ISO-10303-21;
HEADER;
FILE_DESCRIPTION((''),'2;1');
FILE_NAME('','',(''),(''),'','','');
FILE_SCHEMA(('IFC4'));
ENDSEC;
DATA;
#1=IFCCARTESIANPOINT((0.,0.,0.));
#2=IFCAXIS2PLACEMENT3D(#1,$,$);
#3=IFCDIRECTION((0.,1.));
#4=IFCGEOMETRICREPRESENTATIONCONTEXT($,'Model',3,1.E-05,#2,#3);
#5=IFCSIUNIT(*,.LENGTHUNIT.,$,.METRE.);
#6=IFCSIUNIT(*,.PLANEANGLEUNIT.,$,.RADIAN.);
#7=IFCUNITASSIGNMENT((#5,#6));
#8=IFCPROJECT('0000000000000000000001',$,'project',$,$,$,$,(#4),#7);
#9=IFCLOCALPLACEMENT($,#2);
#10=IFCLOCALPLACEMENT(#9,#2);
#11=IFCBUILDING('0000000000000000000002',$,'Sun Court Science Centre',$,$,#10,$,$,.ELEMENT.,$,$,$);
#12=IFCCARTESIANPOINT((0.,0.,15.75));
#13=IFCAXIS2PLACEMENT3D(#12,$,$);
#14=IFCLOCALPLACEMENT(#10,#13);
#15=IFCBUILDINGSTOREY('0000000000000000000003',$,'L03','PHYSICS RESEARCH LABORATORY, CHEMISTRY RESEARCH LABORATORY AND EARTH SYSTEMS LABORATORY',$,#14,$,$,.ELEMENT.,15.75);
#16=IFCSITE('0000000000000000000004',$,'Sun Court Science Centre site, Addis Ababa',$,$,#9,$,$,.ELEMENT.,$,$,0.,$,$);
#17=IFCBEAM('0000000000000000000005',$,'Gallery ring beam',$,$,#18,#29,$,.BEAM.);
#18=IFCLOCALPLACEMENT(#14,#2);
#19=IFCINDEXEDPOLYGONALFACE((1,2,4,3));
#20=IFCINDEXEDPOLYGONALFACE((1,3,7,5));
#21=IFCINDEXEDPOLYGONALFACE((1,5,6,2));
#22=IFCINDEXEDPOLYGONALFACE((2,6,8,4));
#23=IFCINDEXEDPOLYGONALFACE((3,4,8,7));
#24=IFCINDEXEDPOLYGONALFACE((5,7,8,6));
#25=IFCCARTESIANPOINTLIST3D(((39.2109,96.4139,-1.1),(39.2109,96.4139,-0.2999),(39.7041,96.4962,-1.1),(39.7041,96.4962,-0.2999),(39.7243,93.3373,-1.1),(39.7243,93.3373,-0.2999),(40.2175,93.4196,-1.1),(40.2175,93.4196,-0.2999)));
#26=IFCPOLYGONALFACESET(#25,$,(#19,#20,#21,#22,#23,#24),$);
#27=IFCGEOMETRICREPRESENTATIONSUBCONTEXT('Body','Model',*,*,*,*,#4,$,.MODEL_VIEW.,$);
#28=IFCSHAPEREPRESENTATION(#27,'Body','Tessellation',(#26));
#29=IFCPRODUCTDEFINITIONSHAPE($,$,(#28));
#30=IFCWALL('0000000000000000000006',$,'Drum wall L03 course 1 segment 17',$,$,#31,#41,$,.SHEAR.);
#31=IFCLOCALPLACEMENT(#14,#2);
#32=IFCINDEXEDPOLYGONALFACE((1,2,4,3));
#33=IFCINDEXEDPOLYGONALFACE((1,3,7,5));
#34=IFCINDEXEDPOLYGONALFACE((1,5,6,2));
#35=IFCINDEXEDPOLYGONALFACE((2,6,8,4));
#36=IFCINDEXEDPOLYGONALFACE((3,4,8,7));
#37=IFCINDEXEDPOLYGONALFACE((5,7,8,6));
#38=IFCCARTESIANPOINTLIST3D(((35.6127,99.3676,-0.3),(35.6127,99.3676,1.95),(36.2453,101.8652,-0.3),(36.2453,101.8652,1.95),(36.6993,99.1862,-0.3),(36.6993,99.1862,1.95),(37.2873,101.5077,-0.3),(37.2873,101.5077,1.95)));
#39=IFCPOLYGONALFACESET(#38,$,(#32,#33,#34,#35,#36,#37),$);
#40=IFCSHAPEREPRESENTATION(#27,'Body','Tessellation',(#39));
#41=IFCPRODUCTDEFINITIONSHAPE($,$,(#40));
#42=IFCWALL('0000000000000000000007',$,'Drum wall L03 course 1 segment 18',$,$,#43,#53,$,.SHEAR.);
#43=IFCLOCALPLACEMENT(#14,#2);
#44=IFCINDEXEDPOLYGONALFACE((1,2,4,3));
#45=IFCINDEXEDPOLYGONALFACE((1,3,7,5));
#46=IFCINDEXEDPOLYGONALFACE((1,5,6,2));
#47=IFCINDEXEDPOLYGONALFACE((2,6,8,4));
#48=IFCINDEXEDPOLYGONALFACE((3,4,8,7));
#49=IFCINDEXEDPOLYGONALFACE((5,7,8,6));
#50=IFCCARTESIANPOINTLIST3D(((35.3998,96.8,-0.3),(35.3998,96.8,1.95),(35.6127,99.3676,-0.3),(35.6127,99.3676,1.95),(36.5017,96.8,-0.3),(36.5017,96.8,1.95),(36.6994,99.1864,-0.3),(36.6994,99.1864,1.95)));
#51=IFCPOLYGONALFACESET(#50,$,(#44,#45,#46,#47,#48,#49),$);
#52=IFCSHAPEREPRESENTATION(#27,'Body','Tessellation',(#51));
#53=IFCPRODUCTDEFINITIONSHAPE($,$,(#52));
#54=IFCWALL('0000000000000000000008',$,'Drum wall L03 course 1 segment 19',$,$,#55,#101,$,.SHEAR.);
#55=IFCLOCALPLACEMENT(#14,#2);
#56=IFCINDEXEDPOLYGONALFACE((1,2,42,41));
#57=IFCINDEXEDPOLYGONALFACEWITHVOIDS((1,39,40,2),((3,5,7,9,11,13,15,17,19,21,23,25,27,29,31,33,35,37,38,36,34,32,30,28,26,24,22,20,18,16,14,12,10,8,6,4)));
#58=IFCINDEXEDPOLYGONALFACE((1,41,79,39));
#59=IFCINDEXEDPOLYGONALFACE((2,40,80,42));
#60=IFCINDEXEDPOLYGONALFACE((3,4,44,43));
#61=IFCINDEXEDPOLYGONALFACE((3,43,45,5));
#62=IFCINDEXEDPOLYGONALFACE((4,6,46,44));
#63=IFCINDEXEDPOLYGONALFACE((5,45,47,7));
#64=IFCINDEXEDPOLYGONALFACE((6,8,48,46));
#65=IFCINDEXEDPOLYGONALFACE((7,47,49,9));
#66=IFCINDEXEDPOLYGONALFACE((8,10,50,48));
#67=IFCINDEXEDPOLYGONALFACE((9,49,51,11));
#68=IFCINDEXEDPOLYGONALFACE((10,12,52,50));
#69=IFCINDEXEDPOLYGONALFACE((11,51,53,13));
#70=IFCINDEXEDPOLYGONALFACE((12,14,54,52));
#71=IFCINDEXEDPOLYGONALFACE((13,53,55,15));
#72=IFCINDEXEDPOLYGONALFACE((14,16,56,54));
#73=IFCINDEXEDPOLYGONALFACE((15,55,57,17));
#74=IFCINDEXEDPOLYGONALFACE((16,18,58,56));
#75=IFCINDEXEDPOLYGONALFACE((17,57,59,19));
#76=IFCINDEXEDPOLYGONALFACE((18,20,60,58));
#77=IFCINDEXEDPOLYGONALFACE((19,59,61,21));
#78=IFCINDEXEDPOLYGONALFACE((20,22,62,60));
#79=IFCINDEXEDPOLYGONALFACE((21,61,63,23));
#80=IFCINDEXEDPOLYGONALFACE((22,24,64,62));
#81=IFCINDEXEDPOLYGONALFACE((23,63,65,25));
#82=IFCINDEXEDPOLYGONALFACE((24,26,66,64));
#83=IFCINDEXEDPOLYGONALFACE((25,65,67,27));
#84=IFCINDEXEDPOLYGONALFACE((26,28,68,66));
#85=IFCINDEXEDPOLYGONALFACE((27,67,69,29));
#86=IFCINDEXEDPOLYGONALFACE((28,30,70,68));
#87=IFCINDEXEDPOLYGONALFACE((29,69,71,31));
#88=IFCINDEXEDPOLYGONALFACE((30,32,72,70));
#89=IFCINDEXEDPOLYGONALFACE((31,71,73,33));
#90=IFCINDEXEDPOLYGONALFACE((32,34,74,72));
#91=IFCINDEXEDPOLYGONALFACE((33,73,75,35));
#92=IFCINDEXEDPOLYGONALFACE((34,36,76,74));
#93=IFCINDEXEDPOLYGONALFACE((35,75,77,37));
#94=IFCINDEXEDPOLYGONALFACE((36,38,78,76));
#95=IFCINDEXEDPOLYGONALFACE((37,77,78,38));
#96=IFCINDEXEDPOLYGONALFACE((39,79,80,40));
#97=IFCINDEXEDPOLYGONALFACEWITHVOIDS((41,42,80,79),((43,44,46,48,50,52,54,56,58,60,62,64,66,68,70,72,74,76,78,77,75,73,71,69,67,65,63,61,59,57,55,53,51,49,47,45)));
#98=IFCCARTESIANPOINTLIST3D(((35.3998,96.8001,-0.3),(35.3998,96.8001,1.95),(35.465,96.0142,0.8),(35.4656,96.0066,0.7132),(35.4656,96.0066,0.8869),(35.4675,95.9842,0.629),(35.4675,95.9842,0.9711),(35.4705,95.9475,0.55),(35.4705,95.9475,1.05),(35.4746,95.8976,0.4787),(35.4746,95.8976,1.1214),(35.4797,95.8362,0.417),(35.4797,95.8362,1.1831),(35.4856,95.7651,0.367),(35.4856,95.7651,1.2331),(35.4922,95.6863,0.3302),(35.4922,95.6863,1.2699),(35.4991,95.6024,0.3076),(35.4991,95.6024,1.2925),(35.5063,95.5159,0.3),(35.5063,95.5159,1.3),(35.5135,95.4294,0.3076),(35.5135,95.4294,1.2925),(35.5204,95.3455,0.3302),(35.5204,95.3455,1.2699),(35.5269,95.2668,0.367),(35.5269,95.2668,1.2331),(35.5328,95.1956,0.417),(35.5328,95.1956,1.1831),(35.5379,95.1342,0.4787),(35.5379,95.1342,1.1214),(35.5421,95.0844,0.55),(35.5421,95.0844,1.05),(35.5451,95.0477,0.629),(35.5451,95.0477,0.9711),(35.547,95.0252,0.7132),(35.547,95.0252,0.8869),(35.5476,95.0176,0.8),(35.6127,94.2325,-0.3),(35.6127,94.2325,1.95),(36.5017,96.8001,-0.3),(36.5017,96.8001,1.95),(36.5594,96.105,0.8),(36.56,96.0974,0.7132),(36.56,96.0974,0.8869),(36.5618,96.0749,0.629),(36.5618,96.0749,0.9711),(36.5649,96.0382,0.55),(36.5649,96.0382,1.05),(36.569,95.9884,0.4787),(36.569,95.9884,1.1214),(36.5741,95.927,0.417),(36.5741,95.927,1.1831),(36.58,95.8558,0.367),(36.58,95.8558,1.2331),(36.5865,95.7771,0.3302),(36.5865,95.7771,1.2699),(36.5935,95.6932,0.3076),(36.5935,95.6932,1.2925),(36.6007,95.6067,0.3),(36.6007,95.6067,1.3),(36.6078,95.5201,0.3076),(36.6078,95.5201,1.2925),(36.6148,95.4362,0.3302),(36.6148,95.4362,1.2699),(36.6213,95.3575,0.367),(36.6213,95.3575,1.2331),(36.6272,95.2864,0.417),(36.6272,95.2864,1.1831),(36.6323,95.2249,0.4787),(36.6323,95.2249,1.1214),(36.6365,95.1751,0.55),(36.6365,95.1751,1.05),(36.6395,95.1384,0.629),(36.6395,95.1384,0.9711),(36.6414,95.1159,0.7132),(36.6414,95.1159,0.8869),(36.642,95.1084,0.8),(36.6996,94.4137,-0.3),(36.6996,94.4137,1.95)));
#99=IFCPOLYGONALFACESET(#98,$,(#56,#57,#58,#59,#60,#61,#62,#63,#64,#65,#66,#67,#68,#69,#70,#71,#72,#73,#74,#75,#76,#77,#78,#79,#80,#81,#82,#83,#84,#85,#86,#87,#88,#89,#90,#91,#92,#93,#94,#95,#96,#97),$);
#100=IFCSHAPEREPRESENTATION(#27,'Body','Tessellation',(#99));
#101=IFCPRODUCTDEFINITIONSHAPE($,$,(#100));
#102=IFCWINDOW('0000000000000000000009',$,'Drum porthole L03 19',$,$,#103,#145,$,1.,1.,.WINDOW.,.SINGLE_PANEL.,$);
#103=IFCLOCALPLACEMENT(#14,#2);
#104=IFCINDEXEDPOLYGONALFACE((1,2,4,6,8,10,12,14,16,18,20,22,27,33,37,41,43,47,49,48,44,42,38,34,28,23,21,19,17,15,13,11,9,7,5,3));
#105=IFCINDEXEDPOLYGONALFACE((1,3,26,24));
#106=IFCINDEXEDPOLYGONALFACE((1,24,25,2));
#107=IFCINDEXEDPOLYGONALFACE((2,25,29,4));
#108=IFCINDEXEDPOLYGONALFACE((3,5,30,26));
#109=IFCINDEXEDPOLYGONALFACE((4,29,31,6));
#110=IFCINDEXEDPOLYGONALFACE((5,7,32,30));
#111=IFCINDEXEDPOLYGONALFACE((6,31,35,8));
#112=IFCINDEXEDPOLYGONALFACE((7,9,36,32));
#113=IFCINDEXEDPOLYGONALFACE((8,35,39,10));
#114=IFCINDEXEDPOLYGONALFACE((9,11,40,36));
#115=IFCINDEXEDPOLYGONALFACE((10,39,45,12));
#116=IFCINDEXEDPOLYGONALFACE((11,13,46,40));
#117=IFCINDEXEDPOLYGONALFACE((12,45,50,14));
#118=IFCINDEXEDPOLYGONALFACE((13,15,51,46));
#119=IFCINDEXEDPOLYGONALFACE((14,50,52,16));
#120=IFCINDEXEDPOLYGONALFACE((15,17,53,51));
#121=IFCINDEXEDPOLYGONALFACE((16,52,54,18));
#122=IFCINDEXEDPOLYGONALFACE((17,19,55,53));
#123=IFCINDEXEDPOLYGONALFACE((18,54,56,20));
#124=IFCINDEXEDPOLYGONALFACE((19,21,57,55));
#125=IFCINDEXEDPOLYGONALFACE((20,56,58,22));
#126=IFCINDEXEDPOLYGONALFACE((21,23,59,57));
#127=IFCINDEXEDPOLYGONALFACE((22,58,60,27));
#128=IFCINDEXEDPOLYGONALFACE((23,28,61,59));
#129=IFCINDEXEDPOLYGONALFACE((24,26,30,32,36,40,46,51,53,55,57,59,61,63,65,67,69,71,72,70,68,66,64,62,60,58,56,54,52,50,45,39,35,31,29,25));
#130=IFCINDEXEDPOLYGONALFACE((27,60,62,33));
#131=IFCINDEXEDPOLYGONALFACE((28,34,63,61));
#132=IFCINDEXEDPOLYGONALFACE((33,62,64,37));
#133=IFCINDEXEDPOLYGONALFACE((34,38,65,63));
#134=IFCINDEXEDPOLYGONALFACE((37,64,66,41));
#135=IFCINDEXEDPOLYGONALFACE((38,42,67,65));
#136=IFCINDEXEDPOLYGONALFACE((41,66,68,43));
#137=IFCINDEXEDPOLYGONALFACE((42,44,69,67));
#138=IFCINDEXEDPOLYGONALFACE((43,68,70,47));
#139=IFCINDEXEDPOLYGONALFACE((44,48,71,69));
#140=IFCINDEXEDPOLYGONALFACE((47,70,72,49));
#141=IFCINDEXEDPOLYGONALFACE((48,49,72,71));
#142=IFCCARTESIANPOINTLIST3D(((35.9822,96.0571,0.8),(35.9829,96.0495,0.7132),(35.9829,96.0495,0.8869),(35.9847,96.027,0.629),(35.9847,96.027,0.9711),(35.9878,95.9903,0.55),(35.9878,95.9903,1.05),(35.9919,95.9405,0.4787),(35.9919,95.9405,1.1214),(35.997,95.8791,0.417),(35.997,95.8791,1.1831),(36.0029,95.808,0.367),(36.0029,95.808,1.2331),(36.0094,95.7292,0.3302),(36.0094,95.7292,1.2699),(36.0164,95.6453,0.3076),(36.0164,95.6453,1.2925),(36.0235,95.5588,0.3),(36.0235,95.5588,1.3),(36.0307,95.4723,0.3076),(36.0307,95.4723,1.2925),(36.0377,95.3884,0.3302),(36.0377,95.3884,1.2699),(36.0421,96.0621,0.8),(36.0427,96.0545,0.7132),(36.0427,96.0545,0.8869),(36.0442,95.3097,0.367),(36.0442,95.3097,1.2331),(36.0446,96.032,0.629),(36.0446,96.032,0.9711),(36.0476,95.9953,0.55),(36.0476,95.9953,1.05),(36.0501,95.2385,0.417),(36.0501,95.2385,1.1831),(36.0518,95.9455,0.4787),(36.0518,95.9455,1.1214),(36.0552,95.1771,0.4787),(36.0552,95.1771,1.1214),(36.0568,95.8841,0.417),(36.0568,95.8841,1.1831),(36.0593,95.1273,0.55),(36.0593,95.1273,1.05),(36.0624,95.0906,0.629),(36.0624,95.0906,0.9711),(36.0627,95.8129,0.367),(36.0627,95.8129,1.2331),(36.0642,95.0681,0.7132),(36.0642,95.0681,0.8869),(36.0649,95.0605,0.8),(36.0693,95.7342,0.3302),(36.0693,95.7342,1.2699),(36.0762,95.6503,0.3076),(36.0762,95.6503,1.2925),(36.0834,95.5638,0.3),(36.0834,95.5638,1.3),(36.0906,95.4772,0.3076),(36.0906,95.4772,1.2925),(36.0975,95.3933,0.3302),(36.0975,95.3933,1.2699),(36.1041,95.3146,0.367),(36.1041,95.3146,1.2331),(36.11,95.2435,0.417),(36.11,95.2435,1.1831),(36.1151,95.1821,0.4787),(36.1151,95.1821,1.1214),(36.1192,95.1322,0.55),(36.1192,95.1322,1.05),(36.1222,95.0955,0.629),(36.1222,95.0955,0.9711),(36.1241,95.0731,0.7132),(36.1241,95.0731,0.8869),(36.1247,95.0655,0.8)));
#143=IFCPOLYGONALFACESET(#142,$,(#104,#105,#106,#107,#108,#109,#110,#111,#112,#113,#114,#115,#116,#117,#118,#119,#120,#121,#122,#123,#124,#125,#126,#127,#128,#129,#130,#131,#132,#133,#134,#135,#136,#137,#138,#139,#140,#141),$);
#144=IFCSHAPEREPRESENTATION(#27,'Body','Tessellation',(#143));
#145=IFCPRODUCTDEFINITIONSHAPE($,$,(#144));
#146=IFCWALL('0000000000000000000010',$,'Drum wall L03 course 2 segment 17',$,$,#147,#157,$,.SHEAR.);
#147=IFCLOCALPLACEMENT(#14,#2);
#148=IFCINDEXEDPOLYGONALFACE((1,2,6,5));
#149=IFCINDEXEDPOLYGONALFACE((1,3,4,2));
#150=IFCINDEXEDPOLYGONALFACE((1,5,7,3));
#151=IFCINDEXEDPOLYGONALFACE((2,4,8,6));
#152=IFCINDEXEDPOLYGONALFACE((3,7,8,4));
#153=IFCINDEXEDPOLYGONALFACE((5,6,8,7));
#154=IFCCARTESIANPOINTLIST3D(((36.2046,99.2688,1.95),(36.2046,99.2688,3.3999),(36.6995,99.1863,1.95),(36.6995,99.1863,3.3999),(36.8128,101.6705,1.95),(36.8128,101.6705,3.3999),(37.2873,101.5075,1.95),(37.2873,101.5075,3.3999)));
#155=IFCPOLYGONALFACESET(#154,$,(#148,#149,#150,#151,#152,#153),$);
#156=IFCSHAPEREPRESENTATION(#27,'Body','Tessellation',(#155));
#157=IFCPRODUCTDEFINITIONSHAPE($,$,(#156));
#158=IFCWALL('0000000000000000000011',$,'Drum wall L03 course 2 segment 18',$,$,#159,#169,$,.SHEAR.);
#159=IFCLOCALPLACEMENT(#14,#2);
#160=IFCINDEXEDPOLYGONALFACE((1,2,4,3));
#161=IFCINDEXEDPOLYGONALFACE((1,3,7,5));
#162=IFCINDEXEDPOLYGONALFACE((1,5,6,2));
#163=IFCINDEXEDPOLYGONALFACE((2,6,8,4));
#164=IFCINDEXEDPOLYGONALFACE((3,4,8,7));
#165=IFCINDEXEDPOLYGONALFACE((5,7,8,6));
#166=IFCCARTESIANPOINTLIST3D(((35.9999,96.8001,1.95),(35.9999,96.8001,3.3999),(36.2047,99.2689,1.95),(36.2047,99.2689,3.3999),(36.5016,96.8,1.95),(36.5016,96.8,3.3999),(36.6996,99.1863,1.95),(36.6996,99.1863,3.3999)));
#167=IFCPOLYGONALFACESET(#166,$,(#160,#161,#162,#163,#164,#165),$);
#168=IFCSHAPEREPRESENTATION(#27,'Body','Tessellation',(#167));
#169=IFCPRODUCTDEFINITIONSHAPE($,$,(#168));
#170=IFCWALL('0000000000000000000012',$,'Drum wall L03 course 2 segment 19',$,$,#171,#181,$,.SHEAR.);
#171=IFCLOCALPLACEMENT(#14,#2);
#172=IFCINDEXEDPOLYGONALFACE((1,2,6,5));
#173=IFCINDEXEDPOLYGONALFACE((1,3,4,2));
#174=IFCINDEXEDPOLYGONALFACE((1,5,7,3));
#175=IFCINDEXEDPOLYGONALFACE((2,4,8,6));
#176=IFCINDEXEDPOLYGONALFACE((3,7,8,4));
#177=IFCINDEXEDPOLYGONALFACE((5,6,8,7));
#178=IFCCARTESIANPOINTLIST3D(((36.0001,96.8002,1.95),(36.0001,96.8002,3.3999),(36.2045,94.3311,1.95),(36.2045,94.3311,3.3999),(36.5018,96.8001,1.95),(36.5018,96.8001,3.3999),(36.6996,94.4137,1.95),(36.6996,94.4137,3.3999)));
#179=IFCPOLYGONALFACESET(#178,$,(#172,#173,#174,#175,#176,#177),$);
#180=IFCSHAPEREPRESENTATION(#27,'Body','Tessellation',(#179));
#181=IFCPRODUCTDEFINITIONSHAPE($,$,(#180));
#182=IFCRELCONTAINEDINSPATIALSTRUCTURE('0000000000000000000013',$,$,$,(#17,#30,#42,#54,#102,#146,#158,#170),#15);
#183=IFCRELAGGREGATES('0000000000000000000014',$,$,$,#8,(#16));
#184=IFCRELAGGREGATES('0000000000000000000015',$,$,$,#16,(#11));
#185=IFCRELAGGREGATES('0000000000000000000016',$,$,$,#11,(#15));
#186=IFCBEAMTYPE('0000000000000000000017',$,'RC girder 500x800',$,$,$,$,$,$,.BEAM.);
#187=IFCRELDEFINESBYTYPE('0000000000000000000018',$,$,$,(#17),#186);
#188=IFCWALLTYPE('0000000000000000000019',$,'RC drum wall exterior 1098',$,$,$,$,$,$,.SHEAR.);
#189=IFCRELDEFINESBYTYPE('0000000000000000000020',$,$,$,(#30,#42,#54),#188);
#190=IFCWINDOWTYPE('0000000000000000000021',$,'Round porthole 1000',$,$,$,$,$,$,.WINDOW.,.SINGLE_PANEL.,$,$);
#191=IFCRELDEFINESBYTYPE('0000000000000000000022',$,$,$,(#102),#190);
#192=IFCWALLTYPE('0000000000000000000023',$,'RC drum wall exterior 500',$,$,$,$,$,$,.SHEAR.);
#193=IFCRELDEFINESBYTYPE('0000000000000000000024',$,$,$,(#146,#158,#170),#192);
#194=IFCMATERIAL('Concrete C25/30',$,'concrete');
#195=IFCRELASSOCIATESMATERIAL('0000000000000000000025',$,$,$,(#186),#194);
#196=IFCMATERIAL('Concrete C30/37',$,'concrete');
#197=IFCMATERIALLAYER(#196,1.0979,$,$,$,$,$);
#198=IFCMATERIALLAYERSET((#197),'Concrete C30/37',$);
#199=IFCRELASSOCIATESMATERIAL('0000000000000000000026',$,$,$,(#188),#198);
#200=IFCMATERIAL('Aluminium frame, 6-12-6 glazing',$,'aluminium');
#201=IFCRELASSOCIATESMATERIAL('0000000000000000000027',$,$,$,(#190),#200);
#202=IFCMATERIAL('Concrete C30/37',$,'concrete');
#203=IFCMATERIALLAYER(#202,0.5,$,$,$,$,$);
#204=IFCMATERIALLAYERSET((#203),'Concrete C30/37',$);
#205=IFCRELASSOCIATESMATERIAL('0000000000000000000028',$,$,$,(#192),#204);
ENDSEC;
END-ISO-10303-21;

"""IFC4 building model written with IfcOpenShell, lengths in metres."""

from ifc_helpers import new_model, si_unit, direction, frame, frame_2d, origin, origin_2d, place, context, subcontext, project, spatial, polyline, rectangle, circle, outline, extrude, material, layer, layer_set, material_profile, profile_set, type_object, element, fill, save


model = new_model("IFC4")

# Units and contexts
model_context = context("Model", 3, precision=1e-05, world=origin(), true_north=direction((0.0, 1.0)))
body_context = subcontext(model_context, "Body", "Model", "MODEL_VIEW")
ifc_project = project(units=[si_unit("LENGTHUNIT", "METRE"), si_unit("PLANEANGLEUNIT", "RADIAN")], contexts=[model_context])

# Site, building, storey
site_placement = place(None, origin())
site = spatial("IfcSite", under=ifc_project, at=site_placement, Name="Sun Court Science Centre site, Addis Ababa", CompositionType="ELEMENT", RefElevation=0.0)
building_placement = place(site_placement, origin())
building = spatial("IfcBuilding", under=site, at=building_placement, Name="Sun Court Science Centre", CompositionType="ELEMENT")
storey_placement = place(building_placement, frame((0.0, 0.0, 15.75)))
storey = spatial("IfcBuildingStorey", under=building, at=storey_placement, Name="L03", Description="PHYSICS RESEARCH LABORATORY, CHEMISTRY RESEARCH LABORATORY AND EARTH SYSTEMS LABORATORY", CompositionType="ELEMENT", Elevation=15.75)

# Beam
ifc_material_1 = material(Name="Concrete C25/30", Category="concrete")
ifc_material_profile_1 = material_profile(ifc_material_1, rectangle(XDim=0.5, YDim=0.8, at=origin_2d()), Name="RC 500x800")
ifc_profile_set_1 = profile_set([ifc_material_profile_1], Name="Concrete C25/30")
beam_type = type_object("IfcBeamType", Name="RC girder 500x800", PredefinedType="BEAM", material=ifc_profile_set_1)
beam_1_placement = place(storey_placement, frame((39.4575, 96.4551, -0.7), z_axis=(0.164602, -0.98636, 0.0), x_axis=(0.98636, 0.164602, 0.0)))
element("IfcBeam", 1, at=beam_1_placement, inside=storey, type_object=beam_type, Name="Gallery ring beam", PredefinedType="BEAM", context=body_context, shape_type="SweptSolid", body=[
    extrude(rectangle(XDim=0.5, YDim=0.8, at=origin_2d()), origin(), (0.0, 0.0, 1.0), 3.1191),
])

# Walls
ifc_material_2 = material(Name="Concrete C30/37", Category="concrete")
ifc_layer_1 = layer(ifc_material_2, 1.0979)
ifc_layer_set_1 = layer_set([ifc_layer_1], Name="Concrete C30/37")
wall_type_1 = type_object("IfcWallType", Name="RC drum wall exterior 1098", PredefinedType="SHEAR", material=ifc_layer_set_1)
wall_1_placement = place(storey_placement, frame((36.7773, 101.7305, -0.3), z_axis=(0.0, 0.0, 1.0), x_axis=(-0.245433, -0.969414, 0.0)))
element("IfcWall", 2, at=wall_1_placement, inside=storey, type_object=wall_type_1, Name="Drum wall L03 course 1 segment 17", PredefinedType="SHEAR", context=body_context, shape_type="SweptSolid", body=[
    extrude(outline(polyline([(0.0, -0.5488), (2.5764, -0.5491), (2.4856, 0.5488), (0.0908, 0.5491), (0.0, -0.5488)])), origin(), (0.0, 0.0, 1.0), 2.25),
])
wall_2_placement = place(storey_placement, frame((36.1599, 99.3223, -0.3), z_axis=(0.0, 0.0, 1.0), x_axis=(-0.08263, -0.99658, 0.0)))
element("IfcWall", 3, at=wall_2_placement, inside=storey, type_object=wall_type_1, Name="Drum wall L03 course 1 segment 18", PredefinedType="SHEAR", context=body_context, shape_type="SweptSolid", body=[
    extrude(outline(polyline([(0.0, -0.5491), (2.5764, -0.5491), (2.4854, 0.5491), (0.0908, 0.5488), (0.0, -0.5491)])), origin(), (0.0, 0.0, 1.0), 2.25),
])

# Wall, opening, window
wall_3_placement = place(storey_placement, frame((35.947, 96.8452, -0.3), z_axis=(0.0, 0.0, 1.0), x_axis=(0.08263, -0.99658, 0.0)))
wall_3 = element("IfcWall", 4, at=wall_3_placement, inside=storey, type_object=wall_type_1, Name="Drum wall L03 course 1 segment 19", PredefinedType="SHEAR", context=body_context, shape_type="SweptSolid", body=[
    extrude(outline(polyline([(-0.0002, -0.5491), (2.5762, -0.5491), (2.4854, 0.5491), (0.0908, 0.5491), (-0.0002, -0.5491)])), origin(), (0.0, 0.0, 1.0), 2.25),
])
opening_placement = place(wall_3_placement, frame((0.7883, 0.0, 0.6001)))
opening = element("IfcOpeningElement", 5, at=opening_placement, cuts=wall_3, PredefinedType="OPENING", context=body_context, shape_type="SweptSolid", body=[
    extrude(circle(Radius=0.5, at=frame_2d((0.5, 0.5))), frame((0.0, 0.5588, 0.0), z_axis=(0.0, -1.0, 0.0), x_axis=(1.0, 0.0, 0.0)), (0.0, 0.0, 1.0), 1.1179),
])
ifc_material_3 = material(Name="Aluminium frame, 6-12-6 glazing", Category="aluminium")
window_type = type_object("IfcWindowType", Name="Round porthole 1000", PartitioningType="SINGLE_PANEL", PredefinedType="WINDOW", material=ifc_material_3)
window_placement = place(opening_placement, origin())
window = element("IfcWindow", 6, at=window_placement, inside=storey, type_object=window_type, Name="Drum porthole L03 19", OverallHeight=1.0, OverallWidth=1.0, PartitioningType="SINGLE_PANEL", PredefinedType="WINDOW", context=body_context, shape_type="SweptSolid", body=[
    extrude(circle(Radius=0.5, at=frame_2d((0.5, 0.5))), frame((0.0, 0.03, 0.0), z_axis=(0.0, -1.0, 0.0), x_axis=(1.0, 0.0, 0.0)), (0.0, 0.0, 1.0), 0.0601),
])
fill(opening, window)

# Walls
ifc_material_4 = material(Name="Concrete C30/37", Category="concrete")
ifc_layer_2 = layer(ifc_material_4, 0.5)
ifc_layer_set_2 = layer_set([ifc_layer_2], Name="Concrete C30/37")
wall_type_2 = type_object("IfcWallType", Name="RC drum wall exterior 500", PredefinedType="SHEAR", material=ifc_layer_set_2)
wall_4_placement = place(storey_placement, frame((37.0552, 101.6091, 1.95), z_axis=(0.0, 0.0, 1.0), x_axis=(-0.245479, -0.969402, 0.0)))
element("IfcWall", 7, at=wall_4_placement, inside=storey, type_object=wall_type_2, Name="Drum wall L03 course 2 segment 17", PredefinedType="SHEAR", context=body_context, shape_type="SweptSolid", body=[
    extrude(outline(polyline([(0.0, -0.25), (2.4775, -0.25), (2.436, 0.25), (0.0415, 0.25), (0.0, -0.25)])), origin(), (0.0, 0.0, 1.0), 1.45),
])
wall_5_placement = place(storey_placement, frame((36.4536, 99.2483, 1.95), z_axis=(0.0, 0.0, 1.0), x_axis=(-0.082483, -0.996592, 0.0)))
element("IfcWall", 8, at=wall_5_placement, inside=storey, type_object=wall_type_2, Name="Drum wall L03 course 2 segment 18", PredefinedType="SHEAR", context=body_context, shape_type="SweptSolid", body=[
    extrude(outline(polyline([(0.0, -0.2498), (2.4773, -0.2502), (2.436, 0.2498), (0.0415, 0.2502), (0.0, -0.2498)])), origin(), (0.0, 0.0, 1.0), 1.45),
])
wall_6_placement = place(storey_placement, frame((36.2493, 96.8206, 1.95), z_axis=(0.0, 0.0, 1.0), x_axis=(0.082491, -0.996592, 0.0)))
element("IfcWall", 9, at=wall_6_placement, inside=storey, type_object=wall_type_2, Name="Drum wall L03 course 2 segment 19", PredefinedType="SHEAR", context=body_context, shape_type="SweptSolid", body=[
    extrude(outline(polyline([(-0.0002, -0.25), (2.4773, -0.25), (2.4358, 0.2502), (0.0413, 0.25), (-0.0002, -0.25)])), origin(), (0.0, 0.0, 1.0), 1.45),
])

save(model, "model.ifc")
